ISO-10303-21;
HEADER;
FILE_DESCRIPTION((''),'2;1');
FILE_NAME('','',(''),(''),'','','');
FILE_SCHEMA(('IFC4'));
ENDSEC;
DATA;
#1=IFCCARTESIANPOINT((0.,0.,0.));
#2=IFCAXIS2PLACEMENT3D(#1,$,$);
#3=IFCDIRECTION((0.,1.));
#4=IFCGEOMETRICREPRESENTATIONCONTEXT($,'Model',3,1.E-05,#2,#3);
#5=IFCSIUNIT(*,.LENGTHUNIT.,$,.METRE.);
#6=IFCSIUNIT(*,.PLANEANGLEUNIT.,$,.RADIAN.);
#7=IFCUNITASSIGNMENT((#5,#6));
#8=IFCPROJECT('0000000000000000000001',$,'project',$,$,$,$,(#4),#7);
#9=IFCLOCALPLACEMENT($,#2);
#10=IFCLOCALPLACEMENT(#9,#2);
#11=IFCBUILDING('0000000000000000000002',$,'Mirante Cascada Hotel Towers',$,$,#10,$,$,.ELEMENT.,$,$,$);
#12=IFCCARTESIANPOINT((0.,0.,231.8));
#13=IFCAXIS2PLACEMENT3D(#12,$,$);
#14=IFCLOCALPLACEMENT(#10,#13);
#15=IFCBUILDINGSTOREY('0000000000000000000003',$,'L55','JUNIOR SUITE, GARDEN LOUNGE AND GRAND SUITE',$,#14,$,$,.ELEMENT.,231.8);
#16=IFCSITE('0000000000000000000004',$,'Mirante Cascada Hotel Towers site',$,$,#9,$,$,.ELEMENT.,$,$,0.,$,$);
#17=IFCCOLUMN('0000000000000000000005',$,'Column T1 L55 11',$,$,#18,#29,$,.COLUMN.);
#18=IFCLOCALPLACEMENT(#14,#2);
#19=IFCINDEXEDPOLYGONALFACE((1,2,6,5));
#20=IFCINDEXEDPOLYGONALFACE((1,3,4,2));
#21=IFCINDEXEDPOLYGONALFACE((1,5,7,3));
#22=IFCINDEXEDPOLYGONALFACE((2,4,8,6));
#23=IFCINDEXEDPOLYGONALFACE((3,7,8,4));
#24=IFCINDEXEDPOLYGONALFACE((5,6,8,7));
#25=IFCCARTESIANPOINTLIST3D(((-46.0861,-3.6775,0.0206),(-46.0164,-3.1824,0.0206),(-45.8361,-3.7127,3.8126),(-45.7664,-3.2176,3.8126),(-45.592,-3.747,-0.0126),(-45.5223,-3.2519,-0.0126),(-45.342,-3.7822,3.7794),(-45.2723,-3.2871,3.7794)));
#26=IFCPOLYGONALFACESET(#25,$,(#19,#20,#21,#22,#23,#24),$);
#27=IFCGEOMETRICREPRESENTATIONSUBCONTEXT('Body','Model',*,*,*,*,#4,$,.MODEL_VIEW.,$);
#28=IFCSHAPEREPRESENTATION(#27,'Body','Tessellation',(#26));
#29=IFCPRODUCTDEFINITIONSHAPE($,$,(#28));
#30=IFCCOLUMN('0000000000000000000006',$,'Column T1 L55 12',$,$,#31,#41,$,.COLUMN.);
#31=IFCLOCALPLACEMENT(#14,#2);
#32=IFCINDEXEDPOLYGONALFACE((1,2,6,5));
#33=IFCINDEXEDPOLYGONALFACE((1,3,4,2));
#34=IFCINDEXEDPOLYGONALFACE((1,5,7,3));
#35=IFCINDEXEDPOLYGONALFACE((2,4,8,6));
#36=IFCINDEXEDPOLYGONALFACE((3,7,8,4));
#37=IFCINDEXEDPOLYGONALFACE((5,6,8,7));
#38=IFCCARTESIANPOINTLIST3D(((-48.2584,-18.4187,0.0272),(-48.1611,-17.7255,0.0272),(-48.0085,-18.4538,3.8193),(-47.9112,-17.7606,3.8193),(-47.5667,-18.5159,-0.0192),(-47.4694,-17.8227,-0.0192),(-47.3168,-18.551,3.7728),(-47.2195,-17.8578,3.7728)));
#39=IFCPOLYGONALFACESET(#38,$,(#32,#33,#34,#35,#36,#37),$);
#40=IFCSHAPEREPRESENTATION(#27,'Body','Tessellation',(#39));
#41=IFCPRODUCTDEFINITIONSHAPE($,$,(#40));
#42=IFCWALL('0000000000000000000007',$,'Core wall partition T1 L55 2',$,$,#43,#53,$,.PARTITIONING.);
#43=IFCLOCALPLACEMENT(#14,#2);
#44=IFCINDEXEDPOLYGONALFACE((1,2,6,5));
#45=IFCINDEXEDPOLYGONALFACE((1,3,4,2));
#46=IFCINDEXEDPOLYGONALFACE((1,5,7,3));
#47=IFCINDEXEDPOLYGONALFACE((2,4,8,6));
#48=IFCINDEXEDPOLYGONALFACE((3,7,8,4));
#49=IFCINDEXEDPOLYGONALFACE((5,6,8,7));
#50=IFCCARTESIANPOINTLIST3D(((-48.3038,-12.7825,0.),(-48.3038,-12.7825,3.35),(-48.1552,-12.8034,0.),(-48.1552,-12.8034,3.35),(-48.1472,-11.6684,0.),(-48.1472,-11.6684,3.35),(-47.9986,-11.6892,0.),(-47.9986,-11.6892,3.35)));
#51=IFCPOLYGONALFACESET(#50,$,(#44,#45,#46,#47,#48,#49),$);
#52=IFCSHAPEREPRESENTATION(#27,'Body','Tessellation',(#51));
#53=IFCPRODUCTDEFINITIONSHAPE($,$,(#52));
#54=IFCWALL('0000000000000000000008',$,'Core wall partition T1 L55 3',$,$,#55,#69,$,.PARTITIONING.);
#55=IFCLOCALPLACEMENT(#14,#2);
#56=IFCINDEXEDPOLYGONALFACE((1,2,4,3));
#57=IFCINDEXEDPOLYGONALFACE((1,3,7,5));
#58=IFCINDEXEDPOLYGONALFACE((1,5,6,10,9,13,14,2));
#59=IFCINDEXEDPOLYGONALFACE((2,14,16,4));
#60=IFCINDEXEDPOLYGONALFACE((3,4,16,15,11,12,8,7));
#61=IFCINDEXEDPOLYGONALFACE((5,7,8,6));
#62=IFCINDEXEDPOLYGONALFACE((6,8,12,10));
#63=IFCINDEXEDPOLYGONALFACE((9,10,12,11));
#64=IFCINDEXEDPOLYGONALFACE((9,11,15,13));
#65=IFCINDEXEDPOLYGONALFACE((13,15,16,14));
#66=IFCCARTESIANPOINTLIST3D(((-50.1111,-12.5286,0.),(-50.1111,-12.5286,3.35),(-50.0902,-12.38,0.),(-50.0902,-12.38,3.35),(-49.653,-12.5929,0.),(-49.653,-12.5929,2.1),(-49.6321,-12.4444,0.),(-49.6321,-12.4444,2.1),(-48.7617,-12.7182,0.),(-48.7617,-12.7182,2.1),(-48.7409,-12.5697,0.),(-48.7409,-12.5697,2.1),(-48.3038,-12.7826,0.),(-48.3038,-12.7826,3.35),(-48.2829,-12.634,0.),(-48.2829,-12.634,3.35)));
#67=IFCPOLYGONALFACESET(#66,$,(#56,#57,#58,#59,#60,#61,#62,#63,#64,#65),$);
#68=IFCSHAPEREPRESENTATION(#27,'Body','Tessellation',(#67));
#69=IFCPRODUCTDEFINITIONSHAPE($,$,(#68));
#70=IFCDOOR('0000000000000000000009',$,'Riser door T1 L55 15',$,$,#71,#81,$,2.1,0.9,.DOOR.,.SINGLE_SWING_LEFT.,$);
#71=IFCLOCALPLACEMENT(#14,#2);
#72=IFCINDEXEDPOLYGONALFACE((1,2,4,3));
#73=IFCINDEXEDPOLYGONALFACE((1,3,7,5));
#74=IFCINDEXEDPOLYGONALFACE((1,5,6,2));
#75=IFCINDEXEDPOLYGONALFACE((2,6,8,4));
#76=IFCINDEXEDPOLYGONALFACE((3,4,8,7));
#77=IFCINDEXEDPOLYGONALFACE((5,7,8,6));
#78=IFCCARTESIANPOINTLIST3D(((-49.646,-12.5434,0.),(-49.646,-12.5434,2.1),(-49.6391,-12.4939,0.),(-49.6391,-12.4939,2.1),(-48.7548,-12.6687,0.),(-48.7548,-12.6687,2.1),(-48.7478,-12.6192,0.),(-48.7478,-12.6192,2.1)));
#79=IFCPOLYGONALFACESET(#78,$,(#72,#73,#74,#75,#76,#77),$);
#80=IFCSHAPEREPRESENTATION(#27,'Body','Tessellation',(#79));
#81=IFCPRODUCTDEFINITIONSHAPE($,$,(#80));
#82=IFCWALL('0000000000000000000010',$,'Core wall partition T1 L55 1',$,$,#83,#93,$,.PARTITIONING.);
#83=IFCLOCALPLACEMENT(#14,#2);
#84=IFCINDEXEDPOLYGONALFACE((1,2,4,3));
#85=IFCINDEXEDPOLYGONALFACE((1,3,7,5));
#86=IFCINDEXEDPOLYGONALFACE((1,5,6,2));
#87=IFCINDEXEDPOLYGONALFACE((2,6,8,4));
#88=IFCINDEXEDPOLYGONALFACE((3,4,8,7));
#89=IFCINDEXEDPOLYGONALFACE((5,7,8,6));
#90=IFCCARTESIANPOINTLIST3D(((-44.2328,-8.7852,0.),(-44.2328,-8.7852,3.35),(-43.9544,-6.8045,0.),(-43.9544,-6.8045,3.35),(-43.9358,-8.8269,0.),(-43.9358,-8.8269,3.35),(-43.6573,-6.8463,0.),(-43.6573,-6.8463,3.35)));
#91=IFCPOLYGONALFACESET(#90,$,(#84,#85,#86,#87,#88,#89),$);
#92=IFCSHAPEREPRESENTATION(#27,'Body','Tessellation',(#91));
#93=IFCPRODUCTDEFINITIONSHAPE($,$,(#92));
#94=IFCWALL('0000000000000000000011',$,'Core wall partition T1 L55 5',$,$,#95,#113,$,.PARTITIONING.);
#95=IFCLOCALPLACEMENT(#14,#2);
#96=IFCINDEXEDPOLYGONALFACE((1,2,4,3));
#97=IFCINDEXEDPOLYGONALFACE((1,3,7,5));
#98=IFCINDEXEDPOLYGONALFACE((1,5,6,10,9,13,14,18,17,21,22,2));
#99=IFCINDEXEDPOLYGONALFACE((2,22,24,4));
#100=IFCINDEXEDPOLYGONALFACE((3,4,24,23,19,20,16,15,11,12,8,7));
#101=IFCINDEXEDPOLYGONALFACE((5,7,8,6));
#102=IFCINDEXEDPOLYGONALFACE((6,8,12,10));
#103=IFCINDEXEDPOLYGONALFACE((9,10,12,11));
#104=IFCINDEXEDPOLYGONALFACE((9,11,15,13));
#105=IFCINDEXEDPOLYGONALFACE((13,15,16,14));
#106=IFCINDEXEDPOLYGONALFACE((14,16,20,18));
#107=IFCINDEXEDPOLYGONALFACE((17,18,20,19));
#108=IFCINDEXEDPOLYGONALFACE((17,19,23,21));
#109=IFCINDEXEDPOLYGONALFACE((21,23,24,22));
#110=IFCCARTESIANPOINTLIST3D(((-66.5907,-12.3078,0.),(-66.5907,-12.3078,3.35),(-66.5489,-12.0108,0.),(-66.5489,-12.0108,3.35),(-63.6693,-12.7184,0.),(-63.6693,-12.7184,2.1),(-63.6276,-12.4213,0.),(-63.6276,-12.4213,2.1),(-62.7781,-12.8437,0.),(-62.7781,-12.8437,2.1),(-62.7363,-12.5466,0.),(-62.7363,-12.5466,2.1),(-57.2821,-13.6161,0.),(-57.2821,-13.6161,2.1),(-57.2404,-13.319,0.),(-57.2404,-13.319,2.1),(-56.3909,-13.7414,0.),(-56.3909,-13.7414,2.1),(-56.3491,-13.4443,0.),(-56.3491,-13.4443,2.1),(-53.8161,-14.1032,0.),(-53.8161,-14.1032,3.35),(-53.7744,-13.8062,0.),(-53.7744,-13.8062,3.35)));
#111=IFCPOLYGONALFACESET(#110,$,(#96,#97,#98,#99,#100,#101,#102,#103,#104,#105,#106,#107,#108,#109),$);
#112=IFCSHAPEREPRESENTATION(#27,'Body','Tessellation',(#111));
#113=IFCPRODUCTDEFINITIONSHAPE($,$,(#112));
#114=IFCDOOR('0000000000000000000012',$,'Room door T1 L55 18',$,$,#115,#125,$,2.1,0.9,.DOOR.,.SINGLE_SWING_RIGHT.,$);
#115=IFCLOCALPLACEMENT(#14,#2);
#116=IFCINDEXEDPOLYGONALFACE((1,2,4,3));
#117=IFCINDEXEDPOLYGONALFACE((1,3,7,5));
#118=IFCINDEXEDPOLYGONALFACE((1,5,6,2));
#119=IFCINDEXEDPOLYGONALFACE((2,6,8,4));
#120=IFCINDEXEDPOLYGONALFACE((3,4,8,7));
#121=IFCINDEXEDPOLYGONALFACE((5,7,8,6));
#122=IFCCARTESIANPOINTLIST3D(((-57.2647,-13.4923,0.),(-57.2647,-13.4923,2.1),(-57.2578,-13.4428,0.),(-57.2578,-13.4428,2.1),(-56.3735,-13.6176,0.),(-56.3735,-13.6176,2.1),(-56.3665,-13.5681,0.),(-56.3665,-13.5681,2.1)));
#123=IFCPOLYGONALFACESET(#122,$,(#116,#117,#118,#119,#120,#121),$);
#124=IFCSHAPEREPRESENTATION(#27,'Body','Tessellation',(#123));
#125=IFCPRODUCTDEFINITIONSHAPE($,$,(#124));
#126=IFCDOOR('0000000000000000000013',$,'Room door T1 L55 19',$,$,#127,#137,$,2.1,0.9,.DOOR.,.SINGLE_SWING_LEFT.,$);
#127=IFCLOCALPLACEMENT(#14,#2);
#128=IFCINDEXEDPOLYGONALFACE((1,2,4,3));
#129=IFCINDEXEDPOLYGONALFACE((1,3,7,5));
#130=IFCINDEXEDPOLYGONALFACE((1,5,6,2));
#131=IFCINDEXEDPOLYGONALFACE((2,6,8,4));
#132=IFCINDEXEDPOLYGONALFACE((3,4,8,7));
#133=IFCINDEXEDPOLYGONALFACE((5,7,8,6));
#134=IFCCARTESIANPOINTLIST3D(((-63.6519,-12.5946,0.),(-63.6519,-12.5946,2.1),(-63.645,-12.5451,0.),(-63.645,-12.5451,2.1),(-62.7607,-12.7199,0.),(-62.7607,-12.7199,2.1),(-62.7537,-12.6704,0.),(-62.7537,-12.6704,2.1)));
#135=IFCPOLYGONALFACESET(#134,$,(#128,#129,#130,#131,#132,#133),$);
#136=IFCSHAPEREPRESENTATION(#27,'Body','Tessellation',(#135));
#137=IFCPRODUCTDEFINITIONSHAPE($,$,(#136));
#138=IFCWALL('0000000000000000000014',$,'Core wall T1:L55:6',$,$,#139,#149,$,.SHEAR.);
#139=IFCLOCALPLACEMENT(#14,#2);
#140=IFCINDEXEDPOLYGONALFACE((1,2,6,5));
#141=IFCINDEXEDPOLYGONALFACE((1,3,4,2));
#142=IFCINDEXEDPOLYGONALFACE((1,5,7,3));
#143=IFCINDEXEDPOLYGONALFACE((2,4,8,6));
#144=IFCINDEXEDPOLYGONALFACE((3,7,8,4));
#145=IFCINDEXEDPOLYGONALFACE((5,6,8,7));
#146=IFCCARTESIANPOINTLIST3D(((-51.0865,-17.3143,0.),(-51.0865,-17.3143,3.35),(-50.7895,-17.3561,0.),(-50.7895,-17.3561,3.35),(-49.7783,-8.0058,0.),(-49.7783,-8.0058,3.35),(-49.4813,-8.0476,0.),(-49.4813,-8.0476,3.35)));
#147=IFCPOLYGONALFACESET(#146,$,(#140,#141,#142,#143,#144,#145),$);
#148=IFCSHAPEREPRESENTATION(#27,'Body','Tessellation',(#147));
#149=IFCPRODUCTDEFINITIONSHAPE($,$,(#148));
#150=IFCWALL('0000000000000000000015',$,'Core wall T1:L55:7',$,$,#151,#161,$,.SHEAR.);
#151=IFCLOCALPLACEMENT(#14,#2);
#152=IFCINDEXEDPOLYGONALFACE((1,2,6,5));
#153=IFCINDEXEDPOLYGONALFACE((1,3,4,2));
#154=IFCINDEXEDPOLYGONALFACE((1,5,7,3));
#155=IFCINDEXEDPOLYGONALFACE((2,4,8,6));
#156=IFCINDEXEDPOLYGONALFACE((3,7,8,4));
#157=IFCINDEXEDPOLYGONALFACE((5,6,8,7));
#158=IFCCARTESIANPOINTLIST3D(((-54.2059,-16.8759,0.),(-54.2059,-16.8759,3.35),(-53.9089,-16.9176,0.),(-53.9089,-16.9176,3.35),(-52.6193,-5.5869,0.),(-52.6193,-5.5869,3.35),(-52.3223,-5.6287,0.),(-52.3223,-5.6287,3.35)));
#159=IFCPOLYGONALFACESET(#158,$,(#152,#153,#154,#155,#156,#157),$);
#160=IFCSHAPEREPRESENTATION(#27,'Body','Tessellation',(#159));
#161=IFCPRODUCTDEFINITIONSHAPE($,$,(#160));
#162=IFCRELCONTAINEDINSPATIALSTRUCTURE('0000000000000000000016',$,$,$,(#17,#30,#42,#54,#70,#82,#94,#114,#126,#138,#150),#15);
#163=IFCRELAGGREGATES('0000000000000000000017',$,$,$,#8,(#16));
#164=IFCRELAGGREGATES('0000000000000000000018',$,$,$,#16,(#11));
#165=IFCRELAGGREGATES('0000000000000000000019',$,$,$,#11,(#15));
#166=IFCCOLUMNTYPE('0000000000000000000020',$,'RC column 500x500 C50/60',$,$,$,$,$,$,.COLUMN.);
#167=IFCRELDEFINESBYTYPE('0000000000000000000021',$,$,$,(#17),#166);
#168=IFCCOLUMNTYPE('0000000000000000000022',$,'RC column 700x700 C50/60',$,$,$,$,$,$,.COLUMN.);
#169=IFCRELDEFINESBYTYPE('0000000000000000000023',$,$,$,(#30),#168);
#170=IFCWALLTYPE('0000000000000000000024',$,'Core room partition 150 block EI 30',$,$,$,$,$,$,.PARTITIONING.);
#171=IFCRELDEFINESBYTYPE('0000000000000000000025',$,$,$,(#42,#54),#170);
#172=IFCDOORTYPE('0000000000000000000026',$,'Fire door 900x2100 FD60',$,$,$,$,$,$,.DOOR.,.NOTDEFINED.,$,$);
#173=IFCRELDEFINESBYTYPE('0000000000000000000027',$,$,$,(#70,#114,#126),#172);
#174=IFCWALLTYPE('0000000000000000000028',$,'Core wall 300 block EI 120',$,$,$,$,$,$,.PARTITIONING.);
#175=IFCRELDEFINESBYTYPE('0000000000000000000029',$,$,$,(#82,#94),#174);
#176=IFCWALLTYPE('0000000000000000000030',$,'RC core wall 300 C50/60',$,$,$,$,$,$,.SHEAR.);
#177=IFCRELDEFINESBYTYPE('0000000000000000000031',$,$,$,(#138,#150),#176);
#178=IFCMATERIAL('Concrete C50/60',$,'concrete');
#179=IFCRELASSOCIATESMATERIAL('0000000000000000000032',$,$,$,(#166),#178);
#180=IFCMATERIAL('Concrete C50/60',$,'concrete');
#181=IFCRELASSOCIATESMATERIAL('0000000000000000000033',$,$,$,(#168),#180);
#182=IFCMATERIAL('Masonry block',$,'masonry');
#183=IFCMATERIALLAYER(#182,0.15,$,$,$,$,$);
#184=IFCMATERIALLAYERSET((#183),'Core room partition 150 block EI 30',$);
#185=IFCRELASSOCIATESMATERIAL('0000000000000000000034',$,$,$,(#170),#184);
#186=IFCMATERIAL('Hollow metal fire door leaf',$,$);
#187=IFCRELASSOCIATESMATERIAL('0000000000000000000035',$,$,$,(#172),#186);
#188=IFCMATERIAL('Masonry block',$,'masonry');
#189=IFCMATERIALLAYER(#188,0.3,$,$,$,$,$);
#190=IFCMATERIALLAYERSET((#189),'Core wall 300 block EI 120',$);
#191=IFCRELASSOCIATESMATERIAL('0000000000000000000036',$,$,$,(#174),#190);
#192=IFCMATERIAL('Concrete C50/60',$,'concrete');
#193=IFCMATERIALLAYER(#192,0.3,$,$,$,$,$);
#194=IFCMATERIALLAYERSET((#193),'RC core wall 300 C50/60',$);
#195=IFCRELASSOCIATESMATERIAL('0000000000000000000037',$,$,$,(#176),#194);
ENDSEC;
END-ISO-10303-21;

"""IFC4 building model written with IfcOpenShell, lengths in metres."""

from ifc_helpers import new_model, si_unit, direction, frame, frame_2d, origin, origin_2d, place, context, subcontext, project, spatial, rectangle, extrude, material, layer, layer_set, material_profile, profile_set, type_object, element, fill, save


model = new_model("IFC4")

# Units and contexts
model_context = context("Model", 3, precision=1e-05, world=origin(), true_north=direction((0.0, 1.0)))
body_context = subcontext(model_context, "Body", "Model", "MODEL_VIEW")
ifc_project = project(units=[si_unit("LENGTHUNIT", "METRE"), si_unit("PLANEANGLEUNIT", "RADIAN")], contexts=[model_context])

# Site, building, storey
site_placement = place(None, origin())
site = spatial("IfcSite", under=ifc_project, at=site_placement, Name="Mirante Cascada Hotel Towers site", CompositionType="ELEMENT", RefElevation=0.0)
building_placement = place(site_placement, origin())
building = spatial("IfcBuilding", under=site, at=building_placement, Name="Mirante Cascada Hotel Towers", CompositionType="ELEMENT")
storey_placement = place(building_placement, frame((0.0, 0.0, 231.8)))
storey = spatial("IfcBuildingStorey", under=building, at=storey_placement, Name="L55", Description="JUNIOR SUITE, GARDEN LOUNGE AND GRAND SUITE", CompositionType="ELEMENT", Elevation=231.8)

# Columns
ifc_material_1 = material(Name="Concrete C50/60", Category="concrete")
ifc_material_profile_1 = material_profile(ifc_material_1, rectangle(XDim=0.5, YDim=0.5, at=origin_2d()), Name="RC column 500x500 C50/60")
ifc_profile_set_1 = profile_set([ifc_material_profile_1], Name="Concrete C50/60")
column_type_1 = type_object("IfcColumnType", Name="RC column 500x500 C50/60", PredefinedType="COLUMN", material=ifc_profile_set_1)
column_1_placement = place(storey_placement, frame((-45.8042, -3.4647, 0.004), z_axis=(0.065783, -0.009262, 0.997791), x_axis=(0.139425, 0.990233, 0.0)))
element("IfcColumn", 1, at=column_1_placement, inside=storey, type_object=column_type_1, Name="Column T1 L55 11", PredefinedType="COLUMN", context=body_context, shape_type="SweptSolid", body=[
    extrude(rectangle(XDim=0.5, YDim=0.5, at=origin_2d()), origin(), (0.0, 0.0, 1.0), 3.8004),
])
ifc_material_2 = material(Name="Concrete C50/60", Category="concrete")
ifc_material_profile_2 = material_profile(ifc_material_2, rectangle(XDim=0.7, YDim=0.7, at=origin_2d()), Name="RC column 700x700 C50/60")
ifc_profile_set_2 = profile_set([ifc_material_profile_2], Name="Concrete C50/60")
column_type_2 = type_object("IfcColumnType", Name="RC column 700x700 C50/60", PredefinedType="COLUMN", material=ifc_profile_set_2)
column_2_placement = place(storey_placement, frame((-47.8639, -18.1207, 0.004), z_axis=(0.065756, -0.009236, 0.997793), x_axis=(0.139091, 0.99028, 0.0)))
element("IfcColumn", 2, at=column_2_placement, inside=storey, type_object=column_type_2, Name="Column T1 L55 12", PredefinedType="COLUMN", context=body_context, shape_type="SweptSolid", body=[
    extrude(rectangle(XDim=0.7, YDim=0.7, at=origin_2d()), origin(), (0.0, 0.0, 1.0), 3.8004),
])

# Wall
ifc_material_3 = material(Name="Masonry block", Category="masonry")
ifc_layer_1 = layer(ifc_material_3, 0.15)
ifc_layer_set_1 = layer_set([ifc_layer_1], Name="Core room partition 150 block EI 30")
wall_type_1 = type_object("IfcWallType", Name="Core room partition 150 block EI 30", PredefinedType="PARTITIONING", material=ifc_layer_set_1)
wall_1_placement = place(storey_placement, frame((-48.2295, -12.793, 0.0), z_axis=(0.0, 0.0, 1.0), x_axis=(0.139193, 0.990265, 0.0)))
element("IfcWall", 3, at=wall_1_placement, inside=storey, type_object=wall_type_1, Name="Core wall partition T1 L55 2", PredefinedType="PARTITIONING", context=body_context, shape_type="SweptSolid", body=[
    extrude(rectangle(XDim=1.1251, YDim=0.15, at=frame_2d((0.5626, 0.0))), origin(), (0.0, 0.0, 1.0), 3.35),
])

# Wall, opening, door
wall_2_placement = place(storey_placement, frame((-48.2933, -12.7083, 0.0), z_axis=(0.0, 0.0, 1.0), x_axis=(-0.990268, 0.139173, 0.0)))
wall_2 = element("IfcWall", 4, at=wall_2_placement, inside=storey, type_object=wall_type_1, Name="Core wall partition T1 L55 3", PredefinedType="PARTITIONING", context=body_context, shape_type="SweptSolid", body=[
    extrude(rectangle(XDim=1.8251, YDim=0.15, at=frame_2d((0.9126, 0.0))), origin(), (0.0, 0.0, 1.0), 3.35),
])
opening_1_placement = place(wall_2_placement, frame((0.4625, 0.0, 0.0)))
opening_1 = element("IfcOpeningElement", 5, at=opening_1_placement, cuts=wall_2, PredefinedType="OPENING", context=body_context, shape_type="SweptSolid", body=[
    extrude(rectangle(XDim=0.9, YDim=2.1, at=frame_2d((0.45, 1.05))), frame((0.0, 0.075, 0.0), z_axis=(0.0, -1.0, 0.0), x_axis=(1.0, 0.0, 0.0)), (0.0, 0.0, 1.0), 0.15),
])
ifc_material_4 = material(Name="Hollow metal fire door leaf")
door_type_1 = type_object("IfcDoorType", Name="Fire door 900x2100 FD60", OperationType="NOTDEFINED", PredefinedType="DOOR", material=ifc_material_4)
door_1_placement = place(opening_1_placement, origin())
door_1 = element("IfcDoor", 6, at=door_1_placement, inside=storey, type_object=door_type_1, Name="Riser door T1 L55 15", OperationType="SINGLE_SWING_LEFT", OverallHeight=2.1, OverallWidth=0.9, PredefinedType="DOOR", context=body_context, shape_type="SweptSolid", body=[
    extrude(rectangle(XDim=0.9, YDim=2.1, at=frame_2d((0.45, 1.05))), frame((0.0, 0.025, 0.0), z_axis=(0.0, -1.0, 0.0), x_axis=(1.0, 0.0, 0.0)), (0.0, 0.0, 1.0), 0.05),
])
fill(opening_1, door_1)

# Wall
ifc_material_5 = material(Name="Masonry block", Category="masonry")
ifc_layer_2 = layer(ifc_material_5, 0.3)
ifc_layer_set_2 = layer_set([ifc_layer_2], Name="Core wall 300 block EI 120")
wall_type_2 = type_object("IfcWallType", Name="Core wall 300 block EI 120", PredefinedType="PARTITIONING", material=ifc_layer_set_2)
wall_3_placement = place(storey_placement, frame((-44.0843, -8.8061, 0.0), z_axis=(0.0, 0.0, 1.0), x_axis=(0.139195, 0.990265, 0.0)))
element("IfcWall", 7, at=wall_3_placement, inside=storey, type_object=wall_type_2, Name="Core wall partition T1 L55 1", PredefinedType="PARTITIONING", context=body_context, shape_type="SweptSolid", body=[
    extrude(rectangle(XDim=2.0001, YDim=0.3, at=frame_2d((1.0001, 0.0))), origin(), (0.0, 0.0, 1.0), 3.35),
])

# Wall, openings, doors
wall_4_placement = place(storey_placement, frame((-53.7953, -13.9547, 0.0), z_axis=(0.0, 0.0, 1.0), x_axis=(-0.990267, 0.139178, 0.0)))
wall_4 = element("IfcWall", 8, at=wall_4_placement, inside=storey, type_object=wall_type_2, Name="Core wall partition T1 L55 5", PredefinedType="PARTITIONING", context=body_context, shape_type="SweptSolid", body=[
    extrude(rectangle(XDim=12.9001, YDim=0.3, at=frame_2d((6.45, 0.0))), origin(), (0.0, 0.0, 1.0), 3.35),
])
opening_2_placement = place(wall_4_placement, frame((2.6, 0.0, 0.0)))
opening_2 = element("IfcOpeningElement", 9, at=opening_2_placement, cuts=wall_4, PredefinedType="OPENING", context=body_context, shape_type="SweptSolid", body=[
    extrude(rectangle(XDim=0.9, YDim=2.1, at=frame_2d((0.45, 1.05))), frame((0.0, 0.15, 0.0), z_axis=(0.0, -1.0, 0.0), x_axis=(1.0, 0.0, 0.0)), (0.0, 0.0, 1.0), 0.3),
])
opening_3_placement = place(wall_4_placement, frame((9.05, 0.0, 0.0)))
opening_3 = element("IfcOpeningElement", 10, at=opening_3_placement, cuts=wall_4, PredefinedType="OPENING", context=body_context, shape_type="SweptSolid", body=[
    extrude(rectangle(XDim=0.9, YDim=2.1, at=frame_2d((0.45, 1.05))), frame((0.0, 0.15, 0.0), z_axis=(0.0, -1.0, 0.0), x_axis=(1.0, 0.0, 0.0)), (0.0, 0.0, 1.0), 0.3),
])
door_2_placement = place(opening_2_placement, origin())
door_2 = element("IfcDoor", 11, at=door_2_placement, inside=storey, type_object=door_type_1, Name="Room door T1 L55 18", OperationType="SINGLE_SWING_RIGHT", OverallHeight=2.1, OverallWidth=0.9, PredefinedType="DOOR", context=body_context, shape_type="SweptSolid", body=[
    extrude(rectangle(XDim=0.9, YDim=2.1, at=frame_2d((0.45, 1.05))), frame((0.0, 0.025, 0.0), z_axis=(0.0, -1.0, 0.0), x_axis=(1.0, 0.0, 0.0)), (0.0, 0.0, 1.0), 0.05),
])
fill(opening_2, door_2)
door_3_placement = place(opening_3_placement, origin())
door_3 = element("IfcDoor", 12, at=door_3_placement, inside=storey, type_object=door_type_1, Name="Room door T1 L55 19", OperationType="SINGLE_SWING_LEFT", OverallHeight=2.1, OverallWidth=0.9, PredefinedType="DOOR", context=body_context, shape_type="SweptSolid", body=[
    extrude(rectangle(XDim=0.9, YDim=2.1, at=frame_2d((0.45, 1.05))), frame((0.0, 0.025, 0.0), z_axis=(0.0, -1.0, 0.0), x_axis=(1.0, 0.0, 0.0)), (0.0, 0.0, 1.0), 0.05),
])
fill(opening_3, door_3)

# Walls
ifc_material_6 = material(Name="Concrete C50/60", Category="concrete")
ifc_layer_3 = layer(ifc_material_6, 0.3)
ifc_layer_set_3 = layer_set([ifc_layer_3], Name="RC core wall 300 C50/60")
wall_type_3 = type_object("IfcWallType", Name="RC core wall 300 C50/60", PredefinedType="SHEAR", material=ifc_layer_set_3)
wall_5_placement = place(storey_placement, frame((-50.938, -17.3352, 0.0), z_axis=(0.0, 0.0, 1.0), x_axis=(0.139171, 0.990268, 0.0)))
element("IfcWall", 13, at=wall_5_placement, inside=storey, type_object=wall_type_3, Name="Core wall T1:L55:6", PredefinedType="SHEAR", context=body_context, shape_type="SweptSolid", body=[
    extrude(rectangle(XDim=9.4, YDim=0.3, at=frame_2d((4.7, 0.0))), origin(), (0.0, 0.0, 1.0), 3.35),
])
wall_6_placement = place(storey_placement, frame((-54.0574, -16.8968, 0.0), z_axis=(0.0, 0.0, 1.0), x_axis=(0.139176, 0.990268, 0.0)))
element("IfcWall", 14, at=wall_6_placement, inside=storey, type_object=wall_type_3, Name="Core wall T1:L55:7", PredefinedType="SHEAR", context=body_context, shape_type="SweptSolid", body=[
    extrude(rectangle(XDim=11.3999, YDim=0.3, at=frame_2d((5.7, 0.0))), origin(), (0.0, 0.0, 1.0), 3.35),
])

save(model, "model.ifc")
